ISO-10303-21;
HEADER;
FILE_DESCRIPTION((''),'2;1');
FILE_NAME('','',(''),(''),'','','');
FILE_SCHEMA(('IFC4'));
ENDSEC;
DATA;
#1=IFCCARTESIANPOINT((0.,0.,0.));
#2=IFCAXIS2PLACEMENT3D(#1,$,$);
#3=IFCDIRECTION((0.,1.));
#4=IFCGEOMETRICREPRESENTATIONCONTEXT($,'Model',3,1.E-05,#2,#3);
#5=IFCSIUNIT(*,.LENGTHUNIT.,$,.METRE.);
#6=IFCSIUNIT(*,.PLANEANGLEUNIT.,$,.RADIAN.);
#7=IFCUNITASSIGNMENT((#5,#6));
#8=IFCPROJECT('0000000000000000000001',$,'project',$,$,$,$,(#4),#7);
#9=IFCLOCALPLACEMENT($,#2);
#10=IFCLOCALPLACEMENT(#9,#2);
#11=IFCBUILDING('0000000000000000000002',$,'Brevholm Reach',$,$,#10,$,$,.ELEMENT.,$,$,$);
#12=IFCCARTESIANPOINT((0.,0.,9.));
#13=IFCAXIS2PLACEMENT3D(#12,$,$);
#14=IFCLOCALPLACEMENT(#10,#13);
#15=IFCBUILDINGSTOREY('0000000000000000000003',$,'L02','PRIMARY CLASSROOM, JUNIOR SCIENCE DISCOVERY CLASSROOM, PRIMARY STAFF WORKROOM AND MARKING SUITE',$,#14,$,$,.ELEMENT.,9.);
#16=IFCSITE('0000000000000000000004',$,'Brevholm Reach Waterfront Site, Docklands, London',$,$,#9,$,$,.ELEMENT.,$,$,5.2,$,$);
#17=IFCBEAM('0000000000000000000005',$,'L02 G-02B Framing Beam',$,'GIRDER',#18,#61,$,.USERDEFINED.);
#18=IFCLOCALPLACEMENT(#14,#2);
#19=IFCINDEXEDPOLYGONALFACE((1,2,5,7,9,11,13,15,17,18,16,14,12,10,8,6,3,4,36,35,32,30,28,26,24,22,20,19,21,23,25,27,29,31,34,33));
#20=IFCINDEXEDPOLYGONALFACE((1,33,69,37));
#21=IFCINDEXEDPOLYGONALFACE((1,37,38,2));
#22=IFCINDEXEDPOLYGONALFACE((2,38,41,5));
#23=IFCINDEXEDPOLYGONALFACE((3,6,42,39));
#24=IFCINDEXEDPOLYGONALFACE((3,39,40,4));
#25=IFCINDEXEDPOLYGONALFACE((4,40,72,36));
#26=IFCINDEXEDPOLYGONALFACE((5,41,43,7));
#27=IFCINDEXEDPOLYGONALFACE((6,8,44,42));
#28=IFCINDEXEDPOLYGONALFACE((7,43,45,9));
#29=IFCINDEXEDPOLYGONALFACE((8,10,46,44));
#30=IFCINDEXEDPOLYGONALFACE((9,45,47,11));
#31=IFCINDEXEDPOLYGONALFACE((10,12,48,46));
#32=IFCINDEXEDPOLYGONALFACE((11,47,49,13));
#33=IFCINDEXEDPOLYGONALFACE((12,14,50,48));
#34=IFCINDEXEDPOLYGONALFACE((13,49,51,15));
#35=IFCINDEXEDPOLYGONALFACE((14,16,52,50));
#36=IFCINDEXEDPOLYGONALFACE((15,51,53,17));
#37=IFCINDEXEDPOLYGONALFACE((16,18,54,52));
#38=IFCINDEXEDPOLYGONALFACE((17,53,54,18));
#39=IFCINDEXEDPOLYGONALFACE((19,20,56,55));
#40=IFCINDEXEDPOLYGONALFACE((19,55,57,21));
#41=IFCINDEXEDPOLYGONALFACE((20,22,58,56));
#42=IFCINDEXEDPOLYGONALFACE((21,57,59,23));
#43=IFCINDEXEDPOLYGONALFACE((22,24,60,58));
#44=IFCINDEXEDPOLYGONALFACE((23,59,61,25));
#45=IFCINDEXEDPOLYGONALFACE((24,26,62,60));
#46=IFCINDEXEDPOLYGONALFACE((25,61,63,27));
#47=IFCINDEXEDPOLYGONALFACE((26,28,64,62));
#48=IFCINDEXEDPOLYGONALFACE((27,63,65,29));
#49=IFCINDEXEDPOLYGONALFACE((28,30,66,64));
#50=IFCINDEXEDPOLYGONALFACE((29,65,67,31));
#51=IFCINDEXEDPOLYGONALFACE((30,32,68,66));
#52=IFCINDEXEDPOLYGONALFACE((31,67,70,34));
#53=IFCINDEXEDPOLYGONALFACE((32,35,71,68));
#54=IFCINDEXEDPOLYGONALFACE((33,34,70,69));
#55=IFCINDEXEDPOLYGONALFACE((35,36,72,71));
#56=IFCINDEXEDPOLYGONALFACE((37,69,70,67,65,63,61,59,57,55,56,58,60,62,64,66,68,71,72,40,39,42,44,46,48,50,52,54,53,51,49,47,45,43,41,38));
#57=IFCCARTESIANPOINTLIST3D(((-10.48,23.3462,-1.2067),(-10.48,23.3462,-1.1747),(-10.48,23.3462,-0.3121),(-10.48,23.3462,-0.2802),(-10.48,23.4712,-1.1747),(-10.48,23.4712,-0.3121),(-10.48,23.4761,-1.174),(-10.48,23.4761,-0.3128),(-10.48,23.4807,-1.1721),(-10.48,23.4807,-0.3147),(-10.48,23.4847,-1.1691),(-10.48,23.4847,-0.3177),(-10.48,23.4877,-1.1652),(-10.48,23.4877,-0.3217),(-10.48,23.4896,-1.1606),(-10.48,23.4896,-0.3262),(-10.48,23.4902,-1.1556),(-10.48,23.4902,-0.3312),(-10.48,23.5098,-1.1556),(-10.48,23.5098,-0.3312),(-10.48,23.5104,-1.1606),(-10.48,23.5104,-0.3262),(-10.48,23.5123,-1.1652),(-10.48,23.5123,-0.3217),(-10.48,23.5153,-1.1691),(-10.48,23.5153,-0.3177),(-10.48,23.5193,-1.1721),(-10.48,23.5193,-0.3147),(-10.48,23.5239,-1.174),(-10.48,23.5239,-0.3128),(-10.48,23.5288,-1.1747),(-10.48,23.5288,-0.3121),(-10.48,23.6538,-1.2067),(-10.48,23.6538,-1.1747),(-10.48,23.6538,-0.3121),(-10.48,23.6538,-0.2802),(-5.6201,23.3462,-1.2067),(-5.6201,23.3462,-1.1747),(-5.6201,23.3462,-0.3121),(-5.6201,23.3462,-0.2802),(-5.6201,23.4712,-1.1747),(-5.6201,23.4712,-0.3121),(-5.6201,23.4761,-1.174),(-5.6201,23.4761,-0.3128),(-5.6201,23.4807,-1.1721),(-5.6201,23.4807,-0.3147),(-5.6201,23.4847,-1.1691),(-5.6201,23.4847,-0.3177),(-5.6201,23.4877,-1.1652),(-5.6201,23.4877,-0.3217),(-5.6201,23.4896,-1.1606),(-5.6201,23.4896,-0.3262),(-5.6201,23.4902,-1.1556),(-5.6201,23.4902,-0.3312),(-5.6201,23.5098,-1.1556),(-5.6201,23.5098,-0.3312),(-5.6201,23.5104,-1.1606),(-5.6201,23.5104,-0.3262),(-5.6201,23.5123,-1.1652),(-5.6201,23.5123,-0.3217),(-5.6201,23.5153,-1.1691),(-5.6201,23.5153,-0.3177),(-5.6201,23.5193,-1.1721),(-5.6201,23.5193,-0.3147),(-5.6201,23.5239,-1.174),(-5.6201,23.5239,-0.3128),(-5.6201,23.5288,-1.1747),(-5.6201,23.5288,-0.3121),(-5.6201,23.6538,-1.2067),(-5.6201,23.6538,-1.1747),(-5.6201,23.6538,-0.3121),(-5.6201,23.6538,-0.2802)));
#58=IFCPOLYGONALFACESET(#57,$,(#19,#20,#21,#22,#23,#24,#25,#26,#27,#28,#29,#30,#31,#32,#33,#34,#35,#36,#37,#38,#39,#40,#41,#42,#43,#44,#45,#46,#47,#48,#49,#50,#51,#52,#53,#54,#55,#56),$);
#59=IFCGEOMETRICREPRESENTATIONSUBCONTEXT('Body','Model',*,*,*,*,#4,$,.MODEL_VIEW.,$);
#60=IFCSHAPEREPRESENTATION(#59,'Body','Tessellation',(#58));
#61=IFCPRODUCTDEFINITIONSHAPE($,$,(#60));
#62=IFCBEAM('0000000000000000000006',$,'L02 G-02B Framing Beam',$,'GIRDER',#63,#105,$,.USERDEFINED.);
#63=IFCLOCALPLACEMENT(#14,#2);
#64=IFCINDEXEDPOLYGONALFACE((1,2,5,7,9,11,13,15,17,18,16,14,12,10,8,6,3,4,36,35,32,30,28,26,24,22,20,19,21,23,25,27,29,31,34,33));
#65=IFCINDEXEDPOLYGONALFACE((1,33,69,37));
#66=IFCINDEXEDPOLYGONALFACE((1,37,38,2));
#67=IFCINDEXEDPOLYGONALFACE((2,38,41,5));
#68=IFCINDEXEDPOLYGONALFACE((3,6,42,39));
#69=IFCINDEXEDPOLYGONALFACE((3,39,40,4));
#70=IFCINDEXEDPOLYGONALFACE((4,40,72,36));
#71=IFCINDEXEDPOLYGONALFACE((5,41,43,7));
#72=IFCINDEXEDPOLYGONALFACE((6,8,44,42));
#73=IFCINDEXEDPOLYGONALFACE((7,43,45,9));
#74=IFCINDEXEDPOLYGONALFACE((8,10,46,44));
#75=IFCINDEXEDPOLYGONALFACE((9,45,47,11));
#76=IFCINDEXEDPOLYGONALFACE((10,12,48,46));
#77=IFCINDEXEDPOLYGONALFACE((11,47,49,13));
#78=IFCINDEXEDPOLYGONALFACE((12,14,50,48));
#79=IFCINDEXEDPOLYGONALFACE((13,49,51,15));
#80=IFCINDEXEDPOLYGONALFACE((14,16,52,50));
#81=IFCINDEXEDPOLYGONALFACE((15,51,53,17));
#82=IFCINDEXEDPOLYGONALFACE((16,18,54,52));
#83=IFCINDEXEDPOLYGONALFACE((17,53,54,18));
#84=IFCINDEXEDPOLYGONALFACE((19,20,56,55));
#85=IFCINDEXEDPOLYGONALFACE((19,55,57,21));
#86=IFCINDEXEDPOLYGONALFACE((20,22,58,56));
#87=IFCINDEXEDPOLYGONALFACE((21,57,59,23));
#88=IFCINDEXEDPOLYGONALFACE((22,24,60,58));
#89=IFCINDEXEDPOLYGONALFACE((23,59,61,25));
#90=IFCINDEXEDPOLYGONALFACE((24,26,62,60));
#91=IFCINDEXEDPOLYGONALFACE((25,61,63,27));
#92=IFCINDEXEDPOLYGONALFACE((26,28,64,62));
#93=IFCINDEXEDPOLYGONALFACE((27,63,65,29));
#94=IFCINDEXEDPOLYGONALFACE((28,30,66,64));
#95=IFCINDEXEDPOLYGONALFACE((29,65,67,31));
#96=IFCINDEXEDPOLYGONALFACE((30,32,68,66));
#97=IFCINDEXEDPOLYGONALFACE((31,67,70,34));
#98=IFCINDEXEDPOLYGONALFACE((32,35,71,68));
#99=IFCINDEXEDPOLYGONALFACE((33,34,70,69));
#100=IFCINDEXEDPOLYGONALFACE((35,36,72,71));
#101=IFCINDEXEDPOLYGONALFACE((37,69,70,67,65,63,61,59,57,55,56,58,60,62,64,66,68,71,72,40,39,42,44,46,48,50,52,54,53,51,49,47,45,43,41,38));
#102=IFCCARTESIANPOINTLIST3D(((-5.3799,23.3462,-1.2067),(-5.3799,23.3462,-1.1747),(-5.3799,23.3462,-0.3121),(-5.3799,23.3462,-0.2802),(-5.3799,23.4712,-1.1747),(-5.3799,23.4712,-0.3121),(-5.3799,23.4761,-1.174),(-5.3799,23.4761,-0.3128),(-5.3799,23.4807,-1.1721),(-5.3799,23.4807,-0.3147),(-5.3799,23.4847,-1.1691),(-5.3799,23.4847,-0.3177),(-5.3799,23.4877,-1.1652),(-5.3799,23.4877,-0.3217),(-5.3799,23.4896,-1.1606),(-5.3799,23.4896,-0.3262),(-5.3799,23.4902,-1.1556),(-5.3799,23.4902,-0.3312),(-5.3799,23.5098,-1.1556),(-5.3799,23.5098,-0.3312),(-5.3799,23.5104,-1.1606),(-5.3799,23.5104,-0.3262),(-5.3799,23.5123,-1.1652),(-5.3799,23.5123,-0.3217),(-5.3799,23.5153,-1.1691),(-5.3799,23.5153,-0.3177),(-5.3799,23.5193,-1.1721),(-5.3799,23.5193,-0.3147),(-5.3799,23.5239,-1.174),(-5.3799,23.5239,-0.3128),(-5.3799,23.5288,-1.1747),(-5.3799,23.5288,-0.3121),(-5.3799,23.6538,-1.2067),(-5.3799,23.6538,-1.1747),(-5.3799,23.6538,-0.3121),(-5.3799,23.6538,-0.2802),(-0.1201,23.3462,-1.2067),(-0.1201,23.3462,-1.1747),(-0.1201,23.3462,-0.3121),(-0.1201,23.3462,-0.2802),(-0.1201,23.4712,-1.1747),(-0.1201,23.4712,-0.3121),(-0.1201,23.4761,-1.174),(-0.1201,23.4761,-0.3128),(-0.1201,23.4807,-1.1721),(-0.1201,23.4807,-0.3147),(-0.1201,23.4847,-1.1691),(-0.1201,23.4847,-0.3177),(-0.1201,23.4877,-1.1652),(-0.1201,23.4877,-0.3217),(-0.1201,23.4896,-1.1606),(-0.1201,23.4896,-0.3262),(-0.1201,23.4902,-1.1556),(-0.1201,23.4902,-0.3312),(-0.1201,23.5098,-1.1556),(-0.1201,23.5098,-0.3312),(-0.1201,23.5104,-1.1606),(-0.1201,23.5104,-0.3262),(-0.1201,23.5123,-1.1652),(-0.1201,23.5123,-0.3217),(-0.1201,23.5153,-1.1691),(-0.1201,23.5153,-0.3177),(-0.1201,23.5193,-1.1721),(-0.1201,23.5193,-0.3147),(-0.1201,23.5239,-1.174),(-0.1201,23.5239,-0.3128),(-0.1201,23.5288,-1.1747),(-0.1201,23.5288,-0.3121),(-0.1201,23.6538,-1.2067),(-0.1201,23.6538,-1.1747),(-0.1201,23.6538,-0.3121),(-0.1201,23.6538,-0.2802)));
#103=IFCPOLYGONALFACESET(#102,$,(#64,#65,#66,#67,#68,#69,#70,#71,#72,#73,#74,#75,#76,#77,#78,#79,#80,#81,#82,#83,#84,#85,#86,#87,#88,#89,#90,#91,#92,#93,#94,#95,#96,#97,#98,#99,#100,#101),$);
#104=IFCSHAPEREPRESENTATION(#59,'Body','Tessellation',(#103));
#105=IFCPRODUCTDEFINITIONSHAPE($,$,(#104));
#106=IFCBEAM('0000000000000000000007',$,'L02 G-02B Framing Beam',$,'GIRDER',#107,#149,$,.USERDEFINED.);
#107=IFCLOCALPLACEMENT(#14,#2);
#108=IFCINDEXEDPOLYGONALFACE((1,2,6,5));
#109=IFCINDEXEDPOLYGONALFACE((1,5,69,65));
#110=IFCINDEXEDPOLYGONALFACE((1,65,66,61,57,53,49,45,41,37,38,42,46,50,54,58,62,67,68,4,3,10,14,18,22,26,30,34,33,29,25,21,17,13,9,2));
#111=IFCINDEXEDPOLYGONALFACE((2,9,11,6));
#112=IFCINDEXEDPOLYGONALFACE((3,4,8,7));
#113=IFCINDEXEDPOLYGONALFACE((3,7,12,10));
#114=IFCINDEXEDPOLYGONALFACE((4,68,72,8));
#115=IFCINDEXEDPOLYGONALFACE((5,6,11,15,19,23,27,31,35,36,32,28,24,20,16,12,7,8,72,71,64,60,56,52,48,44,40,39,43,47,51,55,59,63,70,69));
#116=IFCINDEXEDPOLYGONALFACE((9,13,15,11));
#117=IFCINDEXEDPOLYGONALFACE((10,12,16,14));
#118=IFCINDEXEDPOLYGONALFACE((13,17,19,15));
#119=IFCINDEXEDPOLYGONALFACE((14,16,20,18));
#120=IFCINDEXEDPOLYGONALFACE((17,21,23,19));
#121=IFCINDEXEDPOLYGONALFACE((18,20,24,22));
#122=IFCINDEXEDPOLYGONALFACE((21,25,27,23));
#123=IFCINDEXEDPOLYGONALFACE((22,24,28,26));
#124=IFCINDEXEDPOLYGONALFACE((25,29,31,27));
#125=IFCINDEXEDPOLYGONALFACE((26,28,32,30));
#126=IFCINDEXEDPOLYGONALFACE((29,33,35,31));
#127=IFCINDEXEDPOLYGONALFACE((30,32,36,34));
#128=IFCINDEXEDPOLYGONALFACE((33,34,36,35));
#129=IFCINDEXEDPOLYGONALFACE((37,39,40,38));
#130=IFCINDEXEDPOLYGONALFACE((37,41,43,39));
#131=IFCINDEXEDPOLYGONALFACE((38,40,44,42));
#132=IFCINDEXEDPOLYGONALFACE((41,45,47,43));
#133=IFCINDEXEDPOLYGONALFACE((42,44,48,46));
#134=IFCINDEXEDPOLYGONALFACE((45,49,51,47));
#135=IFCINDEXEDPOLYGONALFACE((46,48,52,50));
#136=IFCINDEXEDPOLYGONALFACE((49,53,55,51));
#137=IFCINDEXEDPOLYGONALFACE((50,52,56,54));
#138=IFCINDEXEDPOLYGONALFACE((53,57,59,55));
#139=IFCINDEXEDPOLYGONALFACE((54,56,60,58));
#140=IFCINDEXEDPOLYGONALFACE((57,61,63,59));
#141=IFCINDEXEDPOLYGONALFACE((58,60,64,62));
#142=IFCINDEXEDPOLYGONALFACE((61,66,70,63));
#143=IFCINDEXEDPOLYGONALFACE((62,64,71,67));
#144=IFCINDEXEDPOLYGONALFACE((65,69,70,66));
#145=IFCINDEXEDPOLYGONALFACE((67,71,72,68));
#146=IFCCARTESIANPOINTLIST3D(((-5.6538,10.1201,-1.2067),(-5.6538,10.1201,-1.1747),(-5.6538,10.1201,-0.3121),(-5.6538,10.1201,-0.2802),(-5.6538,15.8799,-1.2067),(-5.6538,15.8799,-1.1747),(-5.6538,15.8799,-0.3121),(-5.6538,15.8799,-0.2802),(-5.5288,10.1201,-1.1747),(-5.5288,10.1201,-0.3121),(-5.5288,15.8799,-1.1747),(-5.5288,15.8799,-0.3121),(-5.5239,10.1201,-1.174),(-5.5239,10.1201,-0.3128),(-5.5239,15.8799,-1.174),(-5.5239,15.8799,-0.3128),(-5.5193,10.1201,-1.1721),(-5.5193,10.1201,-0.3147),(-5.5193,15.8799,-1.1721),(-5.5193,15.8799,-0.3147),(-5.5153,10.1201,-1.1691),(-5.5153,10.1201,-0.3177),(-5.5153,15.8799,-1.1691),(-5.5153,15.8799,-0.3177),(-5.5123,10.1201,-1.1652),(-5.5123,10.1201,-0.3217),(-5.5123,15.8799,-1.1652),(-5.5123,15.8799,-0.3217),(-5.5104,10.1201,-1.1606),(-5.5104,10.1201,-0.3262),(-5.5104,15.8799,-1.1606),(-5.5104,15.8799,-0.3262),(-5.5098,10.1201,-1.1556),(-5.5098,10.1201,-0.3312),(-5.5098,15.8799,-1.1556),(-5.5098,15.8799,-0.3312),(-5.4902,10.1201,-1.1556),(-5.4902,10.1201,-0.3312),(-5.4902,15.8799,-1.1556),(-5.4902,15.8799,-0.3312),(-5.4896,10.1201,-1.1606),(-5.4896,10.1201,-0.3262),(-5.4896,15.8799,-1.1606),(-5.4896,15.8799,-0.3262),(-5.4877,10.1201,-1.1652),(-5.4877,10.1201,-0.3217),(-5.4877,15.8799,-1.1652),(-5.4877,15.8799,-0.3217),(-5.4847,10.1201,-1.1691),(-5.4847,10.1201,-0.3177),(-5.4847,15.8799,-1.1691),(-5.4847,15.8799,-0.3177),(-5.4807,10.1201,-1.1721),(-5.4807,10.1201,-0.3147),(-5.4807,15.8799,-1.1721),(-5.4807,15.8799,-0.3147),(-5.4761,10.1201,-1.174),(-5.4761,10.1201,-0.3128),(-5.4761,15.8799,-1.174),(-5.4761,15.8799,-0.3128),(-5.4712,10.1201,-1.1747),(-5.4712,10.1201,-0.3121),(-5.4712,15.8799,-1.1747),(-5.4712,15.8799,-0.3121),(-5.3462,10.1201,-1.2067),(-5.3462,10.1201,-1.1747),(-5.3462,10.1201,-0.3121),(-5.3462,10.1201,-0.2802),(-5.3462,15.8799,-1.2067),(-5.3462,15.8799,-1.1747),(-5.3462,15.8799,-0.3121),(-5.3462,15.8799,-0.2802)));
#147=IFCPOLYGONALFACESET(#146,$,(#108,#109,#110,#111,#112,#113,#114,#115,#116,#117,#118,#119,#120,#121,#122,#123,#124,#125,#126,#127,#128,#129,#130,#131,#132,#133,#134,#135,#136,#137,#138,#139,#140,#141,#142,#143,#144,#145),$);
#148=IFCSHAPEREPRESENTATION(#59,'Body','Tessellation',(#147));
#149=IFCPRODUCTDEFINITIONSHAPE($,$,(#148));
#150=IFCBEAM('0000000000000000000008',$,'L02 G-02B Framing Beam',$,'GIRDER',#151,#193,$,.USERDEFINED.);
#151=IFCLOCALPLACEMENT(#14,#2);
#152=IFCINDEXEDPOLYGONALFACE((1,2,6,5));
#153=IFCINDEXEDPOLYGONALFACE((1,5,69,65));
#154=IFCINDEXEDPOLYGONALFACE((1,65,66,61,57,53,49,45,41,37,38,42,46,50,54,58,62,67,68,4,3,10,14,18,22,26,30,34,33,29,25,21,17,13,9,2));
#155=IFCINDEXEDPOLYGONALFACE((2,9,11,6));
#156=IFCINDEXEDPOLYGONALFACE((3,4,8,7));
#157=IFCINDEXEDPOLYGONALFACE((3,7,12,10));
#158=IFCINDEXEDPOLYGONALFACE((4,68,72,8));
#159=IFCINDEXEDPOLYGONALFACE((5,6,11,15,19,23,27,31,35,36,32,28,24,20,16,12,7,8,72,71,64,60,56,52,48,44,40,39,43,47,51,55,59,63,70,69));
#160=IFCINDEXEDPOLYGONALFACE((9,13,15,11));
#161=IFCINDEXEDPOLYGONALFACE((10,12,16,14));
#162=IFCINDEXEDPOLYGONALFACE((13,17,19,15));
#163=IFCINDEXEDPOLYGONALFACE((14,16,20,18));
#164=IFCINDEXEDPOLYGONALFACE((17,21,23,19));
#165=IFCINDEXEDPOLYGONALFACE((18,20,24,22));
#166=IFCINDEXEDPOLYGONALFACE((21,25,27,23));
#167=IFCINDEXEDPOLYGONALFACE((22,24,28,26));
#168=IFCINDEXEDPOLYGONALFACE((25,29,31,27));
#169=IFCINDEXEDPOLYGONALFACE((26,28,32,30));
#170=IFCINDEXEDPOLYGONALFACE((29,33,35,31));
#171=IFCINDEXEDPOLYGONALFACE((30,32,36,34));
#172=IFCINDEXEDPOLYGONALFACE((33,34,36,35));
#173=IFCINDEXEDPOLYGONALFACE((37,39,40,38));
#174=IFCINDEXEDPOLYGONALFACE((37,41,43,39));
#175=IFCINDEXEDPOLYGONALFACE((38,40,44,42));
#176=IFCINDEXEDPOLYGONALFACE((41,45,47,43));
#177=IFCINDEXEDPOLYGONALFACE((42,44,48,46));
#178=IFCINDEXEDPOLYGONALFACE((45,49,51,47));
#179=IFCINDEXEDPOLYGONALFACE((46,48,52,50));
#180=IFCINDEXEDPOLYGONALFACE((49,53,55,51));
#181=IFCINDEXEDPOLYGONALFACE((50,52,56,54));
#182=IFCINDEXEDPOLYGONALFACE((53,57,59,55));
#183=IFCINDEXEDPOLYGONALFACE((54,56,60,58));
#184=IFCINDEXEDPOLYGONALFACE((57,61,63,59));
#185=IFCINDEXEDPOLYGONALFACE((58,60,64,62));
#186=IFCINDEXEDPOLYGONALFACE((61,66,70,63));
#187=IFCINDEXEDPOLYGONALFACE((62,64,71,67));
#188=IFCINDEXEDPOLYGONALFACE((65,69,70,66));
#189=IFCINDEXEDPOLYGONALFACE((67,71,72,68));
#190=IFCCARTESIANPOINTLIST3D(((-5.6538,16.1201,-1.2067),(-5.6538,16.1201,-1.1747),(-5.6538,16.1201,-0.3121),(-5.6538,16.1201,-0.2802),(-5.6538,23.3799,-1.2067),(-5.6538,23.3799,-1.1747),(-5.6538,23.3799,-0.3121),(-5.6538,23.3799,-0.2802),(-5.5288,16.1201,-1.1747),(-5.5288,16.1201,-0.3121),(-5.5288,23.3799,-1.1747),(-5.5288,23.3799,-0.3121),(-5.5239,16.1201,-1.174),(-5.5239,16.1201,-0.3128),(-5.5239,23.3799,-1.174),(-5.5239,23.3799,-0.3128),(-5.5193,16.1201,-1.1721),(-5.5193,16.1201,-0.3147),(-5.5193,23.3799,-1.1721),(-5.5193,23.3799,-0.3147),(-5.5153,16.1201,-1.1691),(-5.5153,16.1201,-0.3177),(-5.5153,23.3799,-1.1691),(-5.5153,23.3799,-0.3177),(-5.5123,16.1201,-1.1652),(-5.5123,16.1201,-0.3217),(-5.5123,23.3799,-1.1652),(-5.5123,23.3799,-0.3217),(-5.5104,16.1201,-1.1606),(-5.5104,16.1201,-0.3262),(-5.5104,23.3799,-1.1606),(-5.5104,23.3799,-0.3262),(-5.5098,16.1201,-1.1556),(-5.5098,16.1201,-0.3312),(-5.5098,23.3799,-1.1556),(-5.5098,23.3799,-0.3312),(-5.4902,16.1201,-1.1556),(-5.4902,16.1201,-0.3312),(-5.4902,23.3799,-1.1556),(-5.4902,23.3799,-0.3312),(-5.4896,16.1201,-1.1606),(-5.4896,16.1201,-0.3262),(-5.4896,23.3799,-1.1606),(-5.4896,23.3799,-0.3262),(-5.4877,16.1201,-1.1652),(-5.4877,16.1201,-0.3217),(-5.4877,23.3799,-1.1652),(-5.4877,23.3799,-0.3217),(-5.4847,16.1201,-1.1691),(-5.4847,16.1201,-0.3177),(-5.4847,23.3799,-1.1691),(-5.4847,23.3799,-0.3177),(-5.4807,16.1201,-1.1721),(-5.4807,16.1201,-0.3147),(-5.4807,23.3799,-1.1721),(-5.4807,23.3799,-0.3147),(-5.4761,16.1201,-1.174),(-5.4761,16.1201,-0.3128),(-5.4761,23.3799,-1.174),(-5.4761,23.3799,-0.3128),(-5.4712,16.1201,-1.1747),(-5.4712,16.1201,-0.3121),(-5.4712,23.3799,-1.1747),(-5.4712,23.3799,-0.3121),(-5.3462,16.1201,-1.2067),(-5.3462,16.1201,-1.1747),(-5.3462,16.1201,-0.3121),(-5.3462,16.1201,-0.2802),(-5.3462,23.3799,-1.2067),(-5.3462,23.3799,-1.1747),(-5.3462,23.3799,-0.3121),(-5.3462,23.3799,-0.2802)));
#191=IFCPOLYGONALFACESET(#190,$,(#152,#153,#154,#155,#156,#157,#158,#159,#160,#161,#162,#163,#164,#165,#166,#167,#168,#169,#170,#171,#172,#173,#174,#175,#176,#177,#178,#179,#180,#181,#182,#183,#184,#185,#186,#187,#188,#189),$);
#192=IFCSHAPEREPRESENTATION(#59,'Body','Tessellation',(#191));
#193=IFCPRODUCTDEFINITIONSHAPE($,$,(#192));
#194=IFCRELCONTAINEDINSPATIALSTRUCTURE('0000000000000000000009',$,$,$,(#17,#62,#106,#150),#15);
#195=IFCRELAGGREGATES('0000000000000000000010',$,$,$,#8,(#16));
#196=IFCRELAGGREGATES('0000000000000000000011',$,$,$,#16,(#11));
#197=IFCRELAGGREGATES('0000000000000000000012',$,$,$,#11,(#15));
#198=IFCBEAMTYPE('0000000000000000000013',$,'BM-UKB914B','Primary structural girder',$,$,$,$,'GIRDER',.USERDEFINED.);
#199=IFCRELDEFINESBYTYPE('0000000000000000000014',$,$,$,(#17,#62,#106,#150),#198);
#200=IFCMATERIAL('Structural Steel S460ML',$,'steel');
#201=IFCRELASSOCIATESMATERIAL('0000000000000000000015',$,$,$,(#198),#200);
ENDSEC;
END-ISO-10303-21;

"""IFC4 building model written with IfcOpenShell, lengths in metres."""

from ifc_helpers import new_model, si_unit, direction, frame, origin, origin_2d, place, context, subcontext, project, spatial, i_section, extrude, material, material_profile, profile_set, type_object, element, save


model = new_model("IFC4")

# Units and contexts
model_context = context("Model", 3, precision=1e-05, world=origin(), true_north=direction((0.0, 1.0)))
body_context = subcontext(model_context, "Body", "Model", "MODEL_VIEW")
ifc_project = project(units=[si_unit("LENGTHUNIT", "METRE"), si_unit("PLANEANGLEUNIT", "RADIAN")], contexts=[model_context])

# Site, building, storey
site_placement = place(None, origin())
site = spatial("IfcSite", under=ifc_project, at=site_placement, Name="Brevholm Reach Waterfront Site, Docklands, London", CompositionType="ELEMENT", RefElevation=5.2)
building_placement = place(site_placement, origin())
building = spatial("IfcBuilding", under=site, at=building_placement, Name="Brevholm Reach", CompositionType="ELEMENT")
storey_placement = place(building_placement, frame((0.0, 0.0, 9.0)))
storey = spatial("IfcBuildingStorey", under=building, at=storey_placement, Name="L02", Description="PRIMARY CLASSROOM, JUNIOR SCIENCE DISCOVERY CLASSROOM, PRIMARY STAFF WORKROOM AND MARKING SUITE", CompositionType="ELEMENT", Elevation=9.0)

# Beams
ifc_material_1 = material(Name="Structural Steel S460ML", Category="steel")
ifc_material_profile_1 = material_profile(ifc_material_1, i_section(OverallWidth=0.3076, OverallDepth=0.9265, WebThickness=0.0195, FlangeThickness=0.032, FilletRadius=0.019, at=origin_2d()), Name="UKB 914x305x289")
ifc_profile_set_1 = profile_set([ifc_material_profile_1], Name="Structural Steel S460ML")
beam_type_1 = type_object("IfcBeamType", Name="BM-UKB914B", Description="Primary structural girder", ElementType="GIRDER", PredefinedType="USERDEFINED", material=ifc_profile_set_1)
beam_1_placement = place(storey_placement, frame((-10.48, 23.5, -0.7434), z_axis=(1.0, 0.0, 0.0), x_axis=(0.0, 1.0, 0.0)))
element("IfcBeam", 1, at=beam_1_placement, inside=storey, type_object=beam_type_1, Name="L02 G-02B Framing Beam", ObjectType="GIRDER", PredefinedType="USERDEFINED", context=body_context, shape_type="SweptSolid", body=[
    extrude(i_section(OverallWidth=0.3076, OverallDepth=0.9265, WebThickness=0.0195, FlangeThickness=0.032, FilletRadius=0.019, at=origin_2d()), origin(), (0.0, 0.0, 1.0), 4.8599),
])
beam_2_placement = place(storey_placement, frame((-5.3799, 23.5, -0.7434), z_axis=(1.0, 0.0, 0.0), x_axis=(0.0, 1.0, 0.0)))
element("IfcBeam", 2, at=beam_2_placement, inside=storey, type_object=beam_type_1, Name="L02 G-02B Framing Beam", ObjectType="GIRDER", PredefinedType="USERDEFINED", context=body_context, shape_type="SweptSolid", body=[
    extrude(i_section(OverallWidth=0.3076, OverallDepth=0.9265, WebThickness=0.0195, FlangeThickness=0.032, FilletRadius=0.019, at=origin_2d()), origin(), (0.0, 0.0, 1.0), 5.2598),
])
beam_3_placement = place(storey_placement, frame((-5.5, 10.1201, -0.7434), z_axis=(0.0, 1.0, 0.0), x_axis=(-1.0, 0.0, 0.0)))
element("IfcBeam", 3, at=beam_3_placement, inside=storey, type_object=beam_type_1, Name="L02 G-02B Framing Beam", ObjectType="GIRDER", PredefinedType="USERDEFINED", context=body_context, shape_type="SweptSolid", body=[
    extrude(i_section(OverallWidth=0.3076, OverallDepth=0.9265, WebThickness=0.0195, FlangeThickness=0.032, FilletRadius=0.019, at=origin_2d()), origin(), (0.0, 0.0, 1.0), 5.7598),
])
beam_4_placement = place(storey_placement, frame((-5.5, 16.1201, -0.7434), z_axis=(0.0, 1.0, 0.0), x_axis=(-1.0, 0.0, 0.0)))
element("IfcBeam", 4, at=beam_4_placement, inside=storey, type_object=beam_type_1, Name="L02 G-02B Framing Beam", ObjectType="GIRDER", PredefinedType="USERDEFINED", context=body_context, shape_type="SweptSolid", body=[
    extrude(i_section(OverallWidth=0.3076, OverallDepth=0.9265, WebThickness=0.0195, FlangeThickness=0.032, FilletRadius=0.019, at=origin_2d()), origin(), (0.0, 0.0, 1.0), 7.2598),
])

save(model, "model.ifc")
